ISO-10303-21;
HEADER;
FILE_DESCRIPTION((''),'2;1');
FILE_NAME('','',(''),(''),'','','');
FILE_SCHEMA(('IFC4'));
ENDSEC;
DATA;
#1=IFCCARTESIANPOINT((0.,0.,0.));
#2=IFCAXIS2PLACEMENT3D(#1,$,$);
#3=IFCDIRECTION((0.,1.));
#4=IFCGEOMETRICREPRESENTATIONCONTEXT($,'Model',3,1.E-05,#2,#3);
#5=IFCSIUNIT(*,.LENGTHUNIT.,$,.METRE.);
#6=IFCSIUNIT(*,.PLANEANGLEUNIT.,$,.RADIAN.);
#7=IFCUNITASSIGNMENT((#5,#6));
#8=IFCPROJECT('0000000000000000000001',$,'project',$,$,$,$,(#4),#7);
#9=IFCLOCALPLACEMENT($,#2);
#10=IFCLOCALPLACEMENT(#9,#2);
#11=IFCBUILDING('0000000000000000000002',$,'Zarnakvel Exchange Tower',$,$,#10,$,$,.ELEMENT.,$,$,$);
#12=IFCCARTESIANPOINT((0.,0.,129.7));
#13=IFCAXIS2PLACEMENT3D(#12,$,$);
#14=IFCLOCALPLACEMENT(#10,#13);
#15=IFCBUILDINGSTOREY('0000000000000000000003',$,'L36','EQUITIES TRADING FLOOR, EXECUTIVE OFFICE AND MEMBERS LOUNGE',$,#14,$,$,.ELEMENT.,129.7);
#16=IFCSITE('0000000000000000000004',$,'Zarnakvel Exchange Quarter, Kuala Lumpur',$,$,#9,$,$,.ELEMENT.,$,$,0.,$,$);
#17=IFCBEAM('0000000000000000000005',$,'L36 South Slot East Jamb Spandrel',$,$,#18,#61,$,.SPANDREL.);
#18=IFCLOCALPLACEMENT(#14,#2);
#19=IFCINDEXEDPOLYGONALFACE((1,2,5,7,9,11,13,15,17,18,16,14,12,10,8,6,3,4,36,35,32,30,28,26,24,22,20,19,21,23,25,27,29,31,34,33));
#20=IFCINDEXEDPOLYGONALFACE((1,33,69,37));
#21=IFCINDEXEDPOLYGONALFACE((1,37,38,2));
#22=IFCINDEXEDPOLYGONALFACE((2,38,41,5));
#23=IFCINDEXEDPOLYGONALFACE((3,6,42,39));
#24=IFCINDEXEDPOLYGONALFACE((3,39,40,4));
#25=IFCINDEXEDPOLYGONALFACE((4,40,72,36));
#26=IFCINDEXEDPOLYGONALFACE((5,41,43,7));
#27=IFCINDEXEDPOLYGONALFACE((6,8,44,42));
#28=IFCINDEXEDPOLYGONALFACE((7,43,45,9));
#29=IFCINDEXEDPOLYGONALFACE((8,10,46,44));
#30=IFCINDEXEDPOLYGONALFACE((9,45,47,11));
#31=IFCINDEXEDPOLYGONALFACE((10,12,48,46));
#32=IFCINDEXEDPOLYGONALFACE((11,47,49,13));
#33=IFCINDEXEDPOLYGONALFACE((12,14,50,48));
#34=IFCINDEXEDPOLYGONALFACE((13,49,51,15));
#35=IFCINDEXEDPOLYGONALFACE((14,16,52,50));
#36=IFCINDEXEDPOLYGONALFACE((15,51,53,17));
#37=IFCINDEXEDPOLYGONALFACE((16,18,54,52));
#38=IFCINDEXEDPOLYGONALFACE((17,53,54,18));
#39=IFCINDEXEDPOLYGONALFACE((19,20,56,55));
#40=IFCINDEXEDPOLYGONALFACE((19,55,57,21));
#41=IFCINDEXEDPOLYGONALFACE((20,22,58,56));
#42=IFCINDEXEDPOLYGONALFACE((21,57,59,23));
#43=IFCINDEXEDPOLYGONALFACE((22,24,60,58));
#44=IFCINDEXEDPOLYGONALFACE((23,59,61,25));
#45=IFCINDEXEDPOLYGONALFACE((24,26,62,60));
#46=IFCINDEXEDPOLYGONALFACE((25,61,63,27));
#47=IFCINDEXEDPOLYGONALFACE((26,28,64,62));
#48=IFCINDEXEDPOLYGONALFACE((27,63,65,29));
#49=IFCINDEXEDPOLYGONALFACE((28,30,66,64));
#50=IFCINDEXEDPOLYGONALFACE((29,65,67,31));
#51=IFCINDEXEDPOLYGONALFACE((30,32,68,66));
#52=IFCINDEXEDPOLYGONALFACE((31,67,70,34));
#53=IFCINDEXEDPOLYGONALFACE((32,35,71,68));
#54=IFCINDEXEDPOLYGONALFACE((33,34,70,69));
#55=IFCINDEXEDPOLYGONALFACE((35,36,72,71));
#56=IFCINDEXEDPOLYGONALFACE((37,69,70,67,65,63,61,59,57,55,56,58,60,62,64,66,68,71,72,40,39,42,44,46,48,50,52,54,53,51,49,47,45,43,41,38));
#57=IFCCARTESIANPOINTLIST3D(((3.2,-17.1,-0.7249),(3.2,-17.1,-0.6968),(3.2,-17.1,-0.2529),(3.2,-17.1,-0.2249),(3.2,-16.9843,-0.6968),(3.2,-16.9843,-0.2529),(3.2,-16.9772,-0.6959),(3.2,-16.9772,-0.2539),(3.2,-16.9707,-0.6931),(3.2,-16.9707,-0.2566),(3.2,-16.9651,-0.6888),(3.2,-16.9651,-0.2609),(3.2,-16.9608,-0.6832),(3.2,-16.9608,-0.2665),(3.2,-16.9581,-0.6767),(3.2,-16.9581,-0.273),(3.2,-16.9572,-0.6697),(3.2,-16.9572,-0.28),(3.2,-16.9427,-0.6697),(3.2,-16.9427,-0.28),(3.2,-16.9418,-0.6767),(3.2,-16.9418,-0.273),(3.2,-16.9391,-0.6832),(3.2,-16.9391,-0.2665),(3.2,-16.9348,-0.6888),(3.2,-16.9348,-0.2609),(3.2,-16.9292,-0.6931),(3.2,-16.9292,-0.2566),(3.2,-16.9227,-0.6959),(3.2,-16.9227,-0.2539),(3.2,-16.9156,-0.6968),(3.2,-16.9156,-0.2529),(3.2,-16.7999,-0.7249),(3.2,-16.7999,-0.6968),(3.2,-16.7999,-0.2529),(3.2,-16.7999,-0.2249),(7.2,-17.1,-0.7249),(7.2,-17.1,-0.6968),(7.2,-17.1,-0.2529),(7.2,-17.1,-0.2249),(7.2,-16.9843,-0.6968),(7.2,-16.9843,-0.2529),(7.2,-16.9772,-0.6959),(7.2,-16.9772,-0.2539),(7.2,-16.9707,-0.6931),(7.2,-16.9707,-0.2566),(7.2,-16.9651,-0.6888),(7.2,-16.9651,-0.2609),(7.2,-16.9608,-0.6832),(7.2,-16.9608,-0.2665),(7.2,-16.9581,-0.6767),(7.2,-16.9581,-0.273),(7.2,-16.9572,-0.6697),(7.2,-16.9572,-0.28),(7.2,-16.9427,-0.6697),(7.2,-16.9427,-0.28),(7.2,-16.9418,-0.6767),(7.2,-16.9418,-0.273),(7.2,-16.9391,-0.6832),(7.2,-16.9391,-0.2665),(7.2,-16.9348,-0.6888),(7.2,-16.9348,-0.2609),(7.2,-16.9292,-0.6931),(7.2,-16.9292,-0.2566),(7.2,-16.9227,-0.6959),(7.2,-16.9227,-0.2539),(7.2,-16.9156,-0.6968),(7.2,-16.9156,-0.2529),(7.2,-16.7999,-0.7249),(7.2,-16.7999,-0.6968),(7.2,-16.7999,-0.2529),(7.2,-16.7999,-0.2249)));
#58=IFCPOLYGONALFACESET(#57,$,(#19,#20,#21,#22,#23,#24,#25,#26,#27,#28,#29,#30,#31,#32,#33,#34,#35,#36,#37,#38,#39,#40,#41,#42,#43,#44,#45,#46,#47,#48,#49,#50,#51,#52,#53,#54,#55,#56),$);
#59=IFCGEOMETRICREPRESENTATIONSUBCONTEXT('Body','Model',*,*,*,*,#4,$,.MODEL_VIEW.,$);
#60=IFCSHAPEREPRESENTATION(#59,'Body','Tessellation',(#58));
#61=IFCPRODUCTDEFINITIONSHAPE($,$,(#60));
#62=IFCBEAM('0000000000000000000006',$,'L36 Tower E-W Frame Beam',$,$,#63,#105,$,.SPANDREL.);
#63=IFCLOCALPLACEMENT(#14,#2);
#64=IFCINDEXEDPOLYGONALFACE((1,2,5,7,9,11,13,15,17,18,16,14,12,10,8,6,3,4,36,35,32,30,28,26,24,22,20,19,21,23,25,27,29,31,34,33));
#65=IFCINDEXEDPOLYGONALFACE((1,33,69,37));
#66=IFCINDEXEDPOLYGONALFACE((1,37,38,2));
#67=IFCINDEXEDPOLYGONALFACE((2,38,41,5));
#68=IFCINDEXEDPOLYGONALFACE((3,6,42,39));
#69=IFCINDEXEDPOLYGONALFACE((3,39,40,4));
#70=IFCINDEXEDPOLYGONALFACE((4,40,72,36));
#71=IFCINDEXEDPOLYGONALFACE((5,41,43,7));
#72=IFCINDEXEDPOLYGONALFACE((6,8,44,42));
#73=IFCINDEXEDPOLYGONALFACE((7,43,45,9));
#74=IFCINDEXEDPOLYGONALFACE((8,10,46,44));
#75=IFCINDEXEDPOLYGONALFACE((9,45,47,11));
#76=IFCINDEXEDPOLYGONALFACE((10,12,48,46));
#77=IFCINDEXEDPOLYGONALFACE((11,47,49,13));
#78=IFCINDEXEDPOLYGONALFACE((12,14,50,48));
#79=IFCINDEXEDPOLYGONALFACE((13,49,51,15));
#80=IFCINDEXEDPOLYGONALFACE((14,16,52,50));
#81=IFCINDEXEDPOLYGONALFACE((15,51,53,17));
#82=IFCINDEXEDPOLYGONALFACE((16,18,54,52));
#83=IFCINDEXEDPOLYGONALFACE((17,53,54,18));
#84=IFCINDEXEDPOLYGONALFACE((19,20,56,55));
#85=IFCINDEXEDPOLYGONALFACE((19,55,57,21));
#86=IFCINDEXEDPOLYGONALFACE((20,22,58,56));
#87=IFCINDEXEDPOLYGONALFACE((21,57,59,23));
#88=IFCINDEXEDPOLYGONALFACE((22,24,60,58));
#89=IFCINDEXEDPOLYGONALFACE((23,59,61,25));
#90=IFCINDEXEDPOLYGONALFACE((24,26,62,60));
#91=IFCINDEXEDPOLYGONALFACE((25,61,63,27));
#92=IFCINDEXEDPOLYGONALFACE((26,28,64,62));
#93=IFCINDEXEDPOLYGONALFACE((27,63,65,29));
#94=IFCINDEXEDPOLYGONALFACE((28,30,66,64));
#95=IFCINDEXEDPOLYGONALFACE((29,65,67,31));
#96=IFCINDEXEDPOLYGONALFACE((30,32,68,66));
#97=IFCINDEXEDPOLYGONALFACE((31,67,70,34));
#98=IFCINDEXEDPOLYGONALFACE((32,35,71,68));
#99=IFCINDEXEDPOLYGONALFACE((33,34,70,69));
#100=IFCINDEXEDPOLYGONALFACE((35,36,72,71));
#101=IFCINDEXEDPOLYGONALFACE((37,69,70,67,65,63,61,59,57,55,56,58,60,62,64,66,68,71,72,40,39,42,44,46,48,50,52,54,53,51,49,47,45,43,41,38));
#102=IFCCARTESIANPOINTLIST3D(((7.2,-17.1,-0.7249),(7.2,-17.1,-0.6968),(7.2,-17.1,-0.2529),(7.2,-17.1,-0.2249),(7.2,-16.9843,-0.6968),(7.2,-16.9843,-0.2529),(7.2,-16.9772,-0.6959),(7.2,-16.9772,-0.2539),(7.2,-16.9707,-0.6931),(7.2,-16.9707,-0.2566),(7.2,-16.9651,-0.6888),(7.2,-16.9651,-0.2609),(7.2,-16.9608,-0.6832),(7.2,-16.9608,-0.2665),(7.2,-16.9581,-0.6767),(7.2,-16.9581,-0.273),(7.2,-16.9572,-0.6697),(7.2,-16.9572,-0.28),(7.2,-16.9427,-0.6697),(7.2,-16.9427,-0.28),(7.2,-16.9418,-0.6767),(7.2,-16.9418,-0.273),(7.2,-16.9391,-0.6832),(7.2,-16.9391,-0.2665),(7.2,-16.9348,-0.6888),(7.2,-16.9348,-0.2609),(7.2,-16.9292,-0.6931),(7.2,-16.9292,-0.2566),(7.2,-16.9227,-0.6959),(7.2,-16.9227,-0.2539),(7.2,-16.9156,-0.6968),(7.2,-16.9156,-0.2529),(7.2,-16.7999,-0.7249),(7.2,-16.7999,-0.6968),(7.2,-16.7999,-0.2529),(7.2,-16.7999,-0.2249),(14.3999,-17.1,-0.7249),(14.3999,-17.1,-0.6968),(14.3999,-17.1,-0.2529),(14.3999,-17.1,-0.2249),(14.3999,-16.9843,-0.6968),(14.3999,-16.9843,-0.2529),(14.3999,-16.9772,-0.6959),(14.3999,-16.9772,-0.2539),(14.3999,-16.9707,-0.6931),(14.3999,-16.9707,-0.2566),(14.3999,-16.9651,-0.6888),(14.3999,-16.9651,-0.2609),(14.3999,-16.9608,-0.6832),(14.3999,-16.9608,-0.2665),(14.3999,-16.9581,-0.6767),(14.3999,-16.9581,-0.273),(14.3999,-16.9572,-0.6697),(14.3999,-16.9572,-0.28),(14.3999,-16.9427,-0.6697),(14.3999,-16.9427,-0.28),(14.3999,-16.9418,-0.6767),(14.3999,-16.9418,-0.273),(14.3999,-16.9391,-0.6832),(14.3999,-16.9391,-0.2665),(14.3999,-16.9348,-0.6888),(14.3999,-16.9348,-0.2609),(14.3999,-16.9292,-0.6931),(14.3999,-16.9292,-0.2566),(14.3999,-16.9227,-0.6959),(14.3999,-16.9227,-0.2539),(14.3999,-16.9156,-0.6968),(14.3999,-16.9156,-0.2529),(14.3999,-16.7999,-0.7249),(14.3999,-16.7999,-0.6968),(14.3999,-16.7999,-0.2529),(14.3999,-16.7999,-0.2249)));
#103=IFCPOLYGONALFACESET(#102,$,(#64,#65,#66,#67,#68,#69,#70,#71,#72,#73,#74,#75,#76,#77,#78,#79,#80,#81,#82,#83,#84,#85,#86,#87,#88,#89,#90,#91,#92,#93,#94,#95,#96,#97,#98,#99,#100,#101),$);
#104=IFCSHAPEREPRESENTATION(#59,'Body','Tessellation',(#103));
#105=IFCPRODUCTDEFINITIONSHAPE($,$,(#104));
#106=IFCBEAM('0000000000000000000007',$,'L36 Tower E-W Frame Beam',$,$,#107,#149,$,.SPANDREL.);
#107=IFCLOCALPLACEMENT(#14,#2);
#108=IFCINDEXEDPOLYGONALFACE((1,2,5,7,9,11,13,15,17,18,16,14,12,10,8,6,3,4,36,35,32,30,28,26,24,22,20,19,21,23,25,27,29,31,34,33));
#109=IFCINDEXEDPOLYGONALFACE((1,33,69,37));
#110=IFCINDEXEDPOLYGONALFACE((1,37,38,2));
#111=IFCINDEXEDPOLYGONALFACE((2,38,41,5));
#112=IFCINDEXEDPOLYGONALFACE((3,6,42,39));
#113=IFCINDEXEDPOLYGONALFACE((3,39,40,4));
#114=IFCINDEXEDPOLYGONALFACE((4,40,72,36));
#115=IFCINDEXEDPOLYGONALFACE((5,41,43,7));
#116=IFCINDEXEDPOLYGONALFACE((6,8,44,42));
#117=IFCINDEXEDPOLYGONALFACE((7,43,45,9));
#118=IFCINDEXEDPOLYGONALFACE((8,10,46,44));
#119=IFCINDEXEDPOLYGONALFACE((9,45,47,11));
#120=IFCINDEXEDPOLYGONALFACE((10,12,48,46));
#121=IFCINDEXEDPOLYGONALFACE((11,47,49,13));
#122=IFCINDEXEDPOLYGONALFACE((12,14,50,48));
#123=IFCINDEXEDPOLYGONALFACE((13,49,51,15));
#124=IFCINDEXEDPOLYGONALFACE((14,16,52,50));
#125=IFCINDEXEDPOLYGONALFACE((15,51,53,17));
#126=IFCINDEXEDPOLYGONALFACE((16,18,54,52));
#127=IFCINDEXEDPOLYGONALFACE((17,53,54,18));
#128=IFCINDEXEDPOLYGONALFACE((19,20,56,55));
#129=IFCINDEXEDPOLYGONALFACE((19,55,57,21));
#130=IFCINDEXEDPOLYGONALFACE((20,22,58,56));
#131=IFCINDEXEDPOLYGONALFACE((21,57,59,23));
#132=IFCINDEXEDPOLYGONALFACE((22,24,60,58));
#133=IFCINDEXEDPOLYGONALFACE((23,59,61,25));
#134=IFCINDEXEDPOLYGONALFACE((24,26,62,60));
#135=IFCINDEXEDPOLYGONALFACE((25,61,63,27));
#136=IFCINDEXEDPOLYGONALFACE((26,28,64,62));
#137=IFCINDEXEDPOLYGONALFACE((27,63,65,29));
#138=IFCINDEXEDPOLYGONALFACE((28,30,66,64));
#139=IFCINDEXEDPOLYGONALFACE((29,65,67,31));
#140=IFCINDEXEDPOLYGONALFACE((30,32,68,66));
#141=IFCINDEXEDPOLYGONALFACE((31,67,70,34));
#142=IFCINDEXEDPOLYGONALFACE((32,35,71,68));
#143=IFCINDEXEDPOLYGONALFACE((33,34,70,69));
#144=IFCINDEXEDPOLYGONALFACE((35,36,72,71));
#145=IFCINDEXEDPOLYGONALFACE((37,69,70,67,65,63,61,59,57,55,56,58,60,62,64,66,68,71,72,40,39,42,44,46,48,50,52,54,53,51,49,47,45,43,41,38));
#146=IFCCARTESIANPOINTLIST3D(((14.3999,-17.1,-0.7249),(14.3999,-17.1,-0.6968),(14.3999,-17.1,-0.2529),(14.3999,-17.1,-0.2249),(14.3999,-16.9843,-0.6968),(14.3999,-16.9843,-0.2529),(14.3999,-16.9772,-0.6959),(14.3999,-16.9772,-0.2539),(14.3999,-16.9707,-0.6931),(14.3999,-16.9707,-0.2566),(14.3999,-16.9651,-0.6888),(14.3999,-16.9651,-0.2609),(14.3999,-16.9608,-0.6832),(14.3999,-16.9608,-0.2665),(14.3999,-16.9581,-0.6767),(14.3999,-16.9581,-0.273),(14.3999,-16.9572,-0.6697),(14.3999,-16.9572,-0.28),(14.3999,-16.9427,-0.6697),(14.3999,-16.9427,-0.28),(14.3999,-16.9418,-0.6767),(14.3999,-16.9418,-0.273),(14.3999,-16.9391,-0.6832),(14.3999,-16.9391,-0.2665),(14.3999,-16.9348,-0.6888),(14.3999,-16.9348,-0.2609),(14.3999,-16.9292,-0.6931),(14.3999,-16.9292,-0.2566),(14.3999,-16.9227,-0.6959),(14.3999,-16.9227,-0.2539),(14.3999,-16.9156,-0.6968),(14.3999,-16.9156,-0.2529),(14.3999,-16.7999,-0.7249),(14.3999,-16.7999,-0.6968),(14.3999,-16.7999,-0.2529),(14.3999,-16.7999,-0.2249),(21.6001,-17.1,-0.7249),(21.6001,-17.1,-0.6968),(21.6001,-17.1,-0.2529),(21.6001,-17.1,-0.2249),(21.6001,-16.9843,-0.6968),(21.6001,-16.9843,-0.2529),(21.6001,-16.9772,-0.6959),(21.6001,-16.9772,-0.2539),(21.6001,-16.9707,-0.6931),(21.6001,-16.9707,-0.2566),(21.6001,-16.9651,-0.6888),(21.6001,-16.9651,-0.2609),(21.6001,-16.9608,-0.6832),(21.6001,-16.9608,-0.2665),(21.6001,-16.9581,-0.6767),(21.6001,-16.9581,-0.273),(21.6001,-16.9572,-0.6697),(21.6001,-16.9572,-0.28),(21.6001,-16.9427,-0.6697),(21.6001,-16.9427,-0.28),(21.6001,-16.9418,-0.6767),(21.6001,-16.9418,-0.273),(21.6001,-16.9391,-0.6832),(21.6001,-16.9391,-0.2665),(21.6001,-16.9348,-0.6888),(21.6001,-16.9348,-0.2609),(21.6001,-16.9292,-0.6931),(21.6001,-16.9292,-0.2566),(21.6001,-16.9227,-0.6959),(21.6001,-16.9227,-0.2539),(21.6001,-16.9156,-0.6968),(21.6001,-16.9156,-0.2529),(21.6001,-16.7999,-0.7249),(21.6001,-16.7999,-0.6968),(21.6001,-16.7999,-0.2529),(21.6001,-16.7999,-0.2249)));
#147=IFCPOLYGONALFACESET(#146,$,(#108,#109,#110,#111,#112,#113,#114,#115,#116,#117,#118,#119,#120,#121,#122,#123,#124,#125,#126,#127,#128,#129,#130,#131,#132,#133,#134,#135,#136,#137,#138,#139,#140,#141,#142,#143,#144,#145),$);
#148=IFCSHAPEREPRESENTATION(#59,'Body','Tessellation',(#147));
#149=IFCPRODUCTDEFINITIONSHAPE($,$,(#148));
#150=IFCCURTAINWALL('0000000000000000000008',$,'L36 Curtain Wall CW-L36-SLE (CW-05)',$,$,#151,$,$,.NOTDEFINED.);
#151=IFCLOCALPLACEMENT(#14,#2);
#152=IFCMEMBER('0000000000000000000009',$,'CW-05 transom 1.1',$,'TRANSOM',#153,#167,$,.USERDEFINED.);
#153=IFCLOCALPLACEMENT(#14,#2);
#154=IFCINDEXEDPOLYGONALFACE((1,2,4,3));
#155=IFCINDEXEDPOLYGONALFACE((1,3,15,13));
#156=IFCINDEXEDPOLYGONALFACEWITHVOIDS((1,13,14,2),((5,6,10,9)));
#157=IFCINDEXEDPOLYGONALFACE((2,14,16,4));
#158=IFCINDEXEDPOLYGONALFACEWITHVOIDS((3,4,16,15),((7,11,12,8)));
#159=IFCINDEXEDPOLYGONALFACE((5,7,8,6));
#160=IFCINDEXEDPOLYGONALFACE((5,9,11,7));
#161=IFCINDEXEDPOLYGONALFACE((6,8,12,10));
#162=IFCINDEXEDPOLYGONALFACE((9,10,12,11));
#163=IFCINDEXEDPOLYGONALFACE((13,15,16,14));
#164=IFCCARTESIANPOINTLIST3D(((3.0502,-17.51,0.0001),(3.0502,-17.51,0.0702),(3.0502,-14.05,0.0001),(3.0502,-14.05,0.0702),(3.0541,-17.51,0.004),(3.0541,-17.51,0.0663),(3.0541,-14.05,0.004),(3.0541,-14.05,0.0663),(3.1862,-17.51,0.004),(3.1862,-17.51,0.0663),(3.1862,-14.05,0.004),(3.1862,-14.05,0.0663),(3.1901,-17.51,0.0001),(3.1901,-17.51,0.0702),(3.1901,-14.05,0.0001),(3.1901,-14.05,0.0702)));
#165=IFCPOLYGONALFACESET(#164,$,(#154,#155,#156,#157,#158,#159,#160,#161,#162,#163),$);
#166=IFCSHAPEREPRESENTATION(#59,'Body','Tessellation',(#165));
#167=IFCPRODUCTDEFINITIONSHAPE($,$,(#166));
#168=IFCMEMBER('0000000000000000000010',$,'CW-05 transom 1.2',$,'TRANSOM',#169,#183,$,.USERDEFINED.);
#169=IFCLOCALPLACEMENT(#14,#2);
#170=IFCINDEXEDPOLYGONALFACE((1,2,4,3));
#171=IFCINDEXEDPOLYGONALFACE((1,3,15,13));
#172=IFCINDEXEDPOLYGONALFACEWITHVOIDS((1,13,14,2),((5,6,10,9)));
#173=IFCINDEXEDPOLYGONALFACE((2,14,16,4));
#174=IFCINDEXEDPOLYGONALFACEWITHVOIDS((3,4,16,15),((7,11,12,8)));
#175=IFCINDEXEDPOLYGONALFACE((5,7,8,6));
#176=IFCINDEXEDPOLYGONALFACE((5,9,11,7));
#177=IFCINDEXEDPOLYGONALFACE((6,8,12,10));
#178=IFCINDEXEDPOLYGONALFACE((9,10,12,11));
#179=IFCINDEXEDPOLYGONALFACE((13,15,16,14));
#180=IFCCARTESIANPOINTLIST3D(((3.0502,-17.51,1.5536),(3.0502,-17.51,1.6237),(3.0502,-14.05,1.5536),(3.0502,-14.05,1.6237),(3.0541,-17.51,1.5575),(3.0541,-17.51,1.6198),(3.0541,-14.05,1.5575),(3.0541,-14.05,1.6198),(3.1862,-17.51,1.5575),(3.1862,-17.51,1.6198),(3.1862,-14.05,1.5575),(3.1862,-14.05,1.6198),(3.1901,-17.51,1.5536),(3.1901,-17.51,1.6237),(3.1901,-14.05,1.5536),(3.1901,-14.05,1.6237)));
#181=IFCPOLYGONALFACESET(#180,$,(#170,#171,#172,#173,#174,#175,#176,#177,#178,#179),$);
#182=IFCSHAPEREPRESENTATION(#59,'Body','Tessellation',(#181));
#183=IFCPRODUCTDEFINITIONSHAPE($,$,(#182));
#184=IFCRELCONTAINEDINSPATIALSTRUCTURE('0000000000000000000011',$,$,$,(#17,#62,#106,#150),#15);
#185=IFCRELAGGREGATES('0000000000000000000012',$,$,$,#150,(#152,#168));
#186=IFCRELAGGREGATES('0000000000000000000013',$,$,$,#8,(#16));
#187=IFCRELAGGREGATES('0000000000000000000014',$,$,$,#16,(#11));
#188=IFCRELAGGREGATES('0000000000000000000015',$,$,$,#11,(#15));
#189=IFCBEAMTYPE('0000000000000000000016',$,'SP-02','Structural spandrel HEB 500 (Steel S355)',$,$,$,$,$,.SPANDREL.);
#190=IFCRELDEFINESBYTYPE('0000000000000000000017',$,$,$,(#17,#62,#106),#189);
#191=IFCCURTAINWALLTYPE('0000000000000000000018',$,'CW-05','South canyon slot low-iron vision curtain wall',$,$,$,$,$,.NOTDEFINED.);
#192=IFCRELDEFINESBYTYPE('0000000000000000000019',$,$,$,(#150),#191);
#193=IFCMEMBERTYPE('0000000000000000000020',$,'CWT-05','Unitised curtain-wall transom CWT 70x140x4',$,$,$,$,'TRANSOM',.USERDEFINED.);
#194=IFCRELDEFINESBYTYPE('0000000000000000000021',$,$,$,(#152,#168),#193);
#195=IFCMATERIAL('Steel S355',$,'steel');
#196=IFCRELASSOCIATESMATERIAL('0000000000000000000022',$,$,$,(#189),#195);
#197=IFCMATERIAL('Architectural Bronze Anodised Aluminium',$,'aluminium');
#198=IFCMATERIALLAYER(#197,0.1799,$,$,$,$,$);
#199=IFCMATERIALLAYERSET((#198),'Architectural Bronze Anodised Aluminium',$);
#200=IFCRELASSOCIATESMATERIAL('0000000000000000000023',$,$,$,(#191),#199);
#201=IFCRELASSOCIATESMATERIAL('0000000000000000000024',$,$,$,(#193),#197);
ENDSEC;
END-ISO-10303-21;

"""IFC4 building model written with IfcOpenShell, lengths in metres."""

from ifc_helpers import new_model, si_unit, direction, frame, origin, origin_2d, place, context, subcontext, project, spatial, hollow_rectangle, i_section, extrude, source, transform, mapped, material, layer, layer_set, material_profile, profile_set, type_object, element, aggregate, save


model = new_model("IFC4")

# Units and contexts
model_context = context("Model", 3, precision=1e-05, world=origin(), true_north=direction((0.0, 1.0)))
body_context = subcontext(model_context, "Body", "Model", "MODEL_VIEW")
ifc_project = project(units=[si_unit("LENGTHUNIT", "METRE"), si_unit("PLANEANGLEUNIT", "RADIAN")], contexts=[model_context])

# Site, building, storey
site_placement = place(None, origin())
site = spatial("IfcSite", under=ifc_project, at=site_placement, Name="Zarnakvel Exchange Quarter, Kuala Lumpur", CompositionType="ELEMENT", RefElevation=0.0)
building_placement = place(site_placement, origin())
building = spatial("IfcBuilding", under=site, at=building_placement, Name="Zarnakvel Exchange Tower", CompositionType="ELEMENT")
storey_placement = place(building_placement, frame((0.0, 0.0, 129.7)))
storey = spatial("IfcBuildingStorey", under=building, at=storey_placement, Name="L36", Description="EQUITIES TRADING FLOOR, EXECUTIVE OFFICE AND MEMBERS LOUNGE", CompositionType="ELEMENT", Elevation=129.7)

# Beams
ifc_material_1 = material(Name="Steel S355", Category="steel")
ifc_material_profile_1 = material_profile(ifc_material_1, i_section(OverallWidth=0.3, OverallDepth=0.5, WebThickness=0.0144, FlangeThickness=0.0281, FilletRadius=0.0271, at=origin_2d()))
ifc_profile_set_1 = profile_set([ifc_material_profile_1], Name="Steel S355")
beam_type_1 = type_object("IfcBeamType", Name="SP-02", Description="Structural spandrel HEB 500 (Steel S355)", PredefinedType="SPANDREL", material=ifc_profile_set_1)
beam_1_placement = place(storey_placement, frame((3.2, -16.95, -0.4749), z_axis=(1.0, 0.0, 0.0), x_axis=(0.0, 1.0, 0.0)))
element("IfcBeam", 1, at=beam_1_placement, inside=storey, type_object=beam_type_1, Name="L36 South Slot East Jamb Spandrel", PredefinedType="SPANDREL", context=body_context, shape_type="SweptSolid", body=[
    extrude(i_section(OverallWidth=0.3, OverallDepth=0.5, WebThickness=0.0144, FlangeThickness=0.0281, FilletRadius=0.0271, at=origin_2d()), origin(), (0.0, 0.0, 1.0), 4.0),
])
beam_2_placement = place(storey_placement, frame((7.2, -16.95, -0.4749), z_axis=(1.0, 0.0, 0.0), x_axis=(0.0, 1.0, 0.0)))
element("IfcBeam", 2, at=beam_2_placement, inside=storey, type_object=beam_type_1, Name="L36 Tower E-W Frame Beam", PredefinedType="SPANDREL", context=body_context, shape_type="SweptSolid", body=[
    extrude(i_section(OverallWidth=0.3, OverallDepth=0.5, WebThickness=0.0144, FlangeThickness=0.0281, FilletRadius=0.0271, at=origin_2d()), origin(), (0.0, 0.0, 1.0), 7.2),
])
beam_3_placement = place(storey_placement, frame((14.3999, -16.95, -0.4749), z_axis=(1.0, 0.0, 0.0), x_axis=(0.0, 1.0, 0.0)))
element("IfcBeam", 3, at=beam_3_placement, inside=storey, type_object=beam_type_1, Name="L36 Tower E-W Frame Beam", PredefinedType="SPANDREL", context=body_context, shape_type="SweptSolid", body=[
    extrude(i_section(OverallWidth=0.3, OverallDepth=0.5, WebThickness=0.0144, FlangeThickness=0.0281, FilletRadius=0.0271, at=origin_2d()), origin(), (0.0, 0.0, 1.0), 7.2002),
])

# Curtain wall, members
ifc_material_2 = material(Name="Architectural Bronze Anodised Aluminium", Category="aluminium")
ifc_layer_1 = layer(ifc_material_2, 0.1799)
ifc_layer_set_1 = layer_set([ifc_layer_1], Name="Architectural Bronze Anodised Aluminium")
curtain_wall_type = type_object("IfcCurtainWallType", Name="CW-05", Description="South canyon slot low-iron vision curtain wall", PredefinedType="NOTDEFINED", material=ifc_layer_set_1)
curtain_wall_1_placement = place(storey_placement, origin())
curtain_wall_1 = element("IfcCurtainWall", 4, at=curtain_wall_1_placement, inside=storey, type_object=curtain_wall_type, Name="L36 Curtain Wall CW-L36-SLE (CW-05)", PredefinedType="NOTDEFINED")
ifc_material_profile_2 = material_profile(ifc_material_2, hollow_rectangle(XDim=0.1399, YDim=0.0701, WallThickness=0.0039, at=origin_2d()))
ifc_profile_set_2 = profile_set([ifc_material_profile_2], Name="Architectural Bronze Anodised Aluminium")
member_type_1 = type_object("IfcMemberType", Name="CWT-05", Description="Unitised curtain-wall transom CWT 70x140x4", ElementType="TRANSOM", PredefinedType="USERDEFINED", material=ifc_profile_set_2)
shared_shape_1 = source(origin(), body_context, "Body", "SweptSolid", [
    extrude(hollow_rectangle(XDim=0.1399, YDim=0.0701, WallThickness=0.0039, at=origin_2d()), origin(), (0.0, 0.0, 1.0), 3.46),
])
member_1_placement = place(storey_placement, frame((3.1201, -14.05, 0.0352), z_axis=(0.0, -1.0, 0.0), x_axis=(1.0, 0.0, 0.0)))
member_1 = element("IfcMember", 5, at=member_1_placement, type_object=member_type_1, Name="CW-05 transom 1.1", ObjectType="TRANSOM", PredefinedType="USERDEFINED", context=body_context, shape_type="MappedRepresentation", body=[
    mapped(shared_shape_1, transform((0.0, 0.0, 0.0), x_axis=(1.0, 0.0, 0.0), y_axis=(0.0, 1.0, 0.0), z_axis=(0.0, 0.0, 1.0), scale=1.0)),
])
member_2_placement = place(storey_placement, frame((3.1201, -14.05, 1.5886), z_axis=(0.0, -1.0, 0.0), x_axis=(1.0, 0.0, 0.0)))
member_2 = element("IfcMember", 6, at=member_2_placement, type_object=member_type_1, Name="CW-05 transom 1.2", ObjectType="TRANSOM", PredefinedType="USERDEFINED", context=body_context, shape_type="MappedRepresentation", body=[
    mapped(shared_shape_1, transform((0.0, 0.0, 0.0), x_axis=(1.0, 0.0, 0.0), y_axis=(0.0, 1.0, 0.0), z_axis=(0.0, 0.0, 1.0), scale=1.0)),
])

aggregate(curtain_wall_1, [member_1, member_2])

save(model, "model.ifc")
